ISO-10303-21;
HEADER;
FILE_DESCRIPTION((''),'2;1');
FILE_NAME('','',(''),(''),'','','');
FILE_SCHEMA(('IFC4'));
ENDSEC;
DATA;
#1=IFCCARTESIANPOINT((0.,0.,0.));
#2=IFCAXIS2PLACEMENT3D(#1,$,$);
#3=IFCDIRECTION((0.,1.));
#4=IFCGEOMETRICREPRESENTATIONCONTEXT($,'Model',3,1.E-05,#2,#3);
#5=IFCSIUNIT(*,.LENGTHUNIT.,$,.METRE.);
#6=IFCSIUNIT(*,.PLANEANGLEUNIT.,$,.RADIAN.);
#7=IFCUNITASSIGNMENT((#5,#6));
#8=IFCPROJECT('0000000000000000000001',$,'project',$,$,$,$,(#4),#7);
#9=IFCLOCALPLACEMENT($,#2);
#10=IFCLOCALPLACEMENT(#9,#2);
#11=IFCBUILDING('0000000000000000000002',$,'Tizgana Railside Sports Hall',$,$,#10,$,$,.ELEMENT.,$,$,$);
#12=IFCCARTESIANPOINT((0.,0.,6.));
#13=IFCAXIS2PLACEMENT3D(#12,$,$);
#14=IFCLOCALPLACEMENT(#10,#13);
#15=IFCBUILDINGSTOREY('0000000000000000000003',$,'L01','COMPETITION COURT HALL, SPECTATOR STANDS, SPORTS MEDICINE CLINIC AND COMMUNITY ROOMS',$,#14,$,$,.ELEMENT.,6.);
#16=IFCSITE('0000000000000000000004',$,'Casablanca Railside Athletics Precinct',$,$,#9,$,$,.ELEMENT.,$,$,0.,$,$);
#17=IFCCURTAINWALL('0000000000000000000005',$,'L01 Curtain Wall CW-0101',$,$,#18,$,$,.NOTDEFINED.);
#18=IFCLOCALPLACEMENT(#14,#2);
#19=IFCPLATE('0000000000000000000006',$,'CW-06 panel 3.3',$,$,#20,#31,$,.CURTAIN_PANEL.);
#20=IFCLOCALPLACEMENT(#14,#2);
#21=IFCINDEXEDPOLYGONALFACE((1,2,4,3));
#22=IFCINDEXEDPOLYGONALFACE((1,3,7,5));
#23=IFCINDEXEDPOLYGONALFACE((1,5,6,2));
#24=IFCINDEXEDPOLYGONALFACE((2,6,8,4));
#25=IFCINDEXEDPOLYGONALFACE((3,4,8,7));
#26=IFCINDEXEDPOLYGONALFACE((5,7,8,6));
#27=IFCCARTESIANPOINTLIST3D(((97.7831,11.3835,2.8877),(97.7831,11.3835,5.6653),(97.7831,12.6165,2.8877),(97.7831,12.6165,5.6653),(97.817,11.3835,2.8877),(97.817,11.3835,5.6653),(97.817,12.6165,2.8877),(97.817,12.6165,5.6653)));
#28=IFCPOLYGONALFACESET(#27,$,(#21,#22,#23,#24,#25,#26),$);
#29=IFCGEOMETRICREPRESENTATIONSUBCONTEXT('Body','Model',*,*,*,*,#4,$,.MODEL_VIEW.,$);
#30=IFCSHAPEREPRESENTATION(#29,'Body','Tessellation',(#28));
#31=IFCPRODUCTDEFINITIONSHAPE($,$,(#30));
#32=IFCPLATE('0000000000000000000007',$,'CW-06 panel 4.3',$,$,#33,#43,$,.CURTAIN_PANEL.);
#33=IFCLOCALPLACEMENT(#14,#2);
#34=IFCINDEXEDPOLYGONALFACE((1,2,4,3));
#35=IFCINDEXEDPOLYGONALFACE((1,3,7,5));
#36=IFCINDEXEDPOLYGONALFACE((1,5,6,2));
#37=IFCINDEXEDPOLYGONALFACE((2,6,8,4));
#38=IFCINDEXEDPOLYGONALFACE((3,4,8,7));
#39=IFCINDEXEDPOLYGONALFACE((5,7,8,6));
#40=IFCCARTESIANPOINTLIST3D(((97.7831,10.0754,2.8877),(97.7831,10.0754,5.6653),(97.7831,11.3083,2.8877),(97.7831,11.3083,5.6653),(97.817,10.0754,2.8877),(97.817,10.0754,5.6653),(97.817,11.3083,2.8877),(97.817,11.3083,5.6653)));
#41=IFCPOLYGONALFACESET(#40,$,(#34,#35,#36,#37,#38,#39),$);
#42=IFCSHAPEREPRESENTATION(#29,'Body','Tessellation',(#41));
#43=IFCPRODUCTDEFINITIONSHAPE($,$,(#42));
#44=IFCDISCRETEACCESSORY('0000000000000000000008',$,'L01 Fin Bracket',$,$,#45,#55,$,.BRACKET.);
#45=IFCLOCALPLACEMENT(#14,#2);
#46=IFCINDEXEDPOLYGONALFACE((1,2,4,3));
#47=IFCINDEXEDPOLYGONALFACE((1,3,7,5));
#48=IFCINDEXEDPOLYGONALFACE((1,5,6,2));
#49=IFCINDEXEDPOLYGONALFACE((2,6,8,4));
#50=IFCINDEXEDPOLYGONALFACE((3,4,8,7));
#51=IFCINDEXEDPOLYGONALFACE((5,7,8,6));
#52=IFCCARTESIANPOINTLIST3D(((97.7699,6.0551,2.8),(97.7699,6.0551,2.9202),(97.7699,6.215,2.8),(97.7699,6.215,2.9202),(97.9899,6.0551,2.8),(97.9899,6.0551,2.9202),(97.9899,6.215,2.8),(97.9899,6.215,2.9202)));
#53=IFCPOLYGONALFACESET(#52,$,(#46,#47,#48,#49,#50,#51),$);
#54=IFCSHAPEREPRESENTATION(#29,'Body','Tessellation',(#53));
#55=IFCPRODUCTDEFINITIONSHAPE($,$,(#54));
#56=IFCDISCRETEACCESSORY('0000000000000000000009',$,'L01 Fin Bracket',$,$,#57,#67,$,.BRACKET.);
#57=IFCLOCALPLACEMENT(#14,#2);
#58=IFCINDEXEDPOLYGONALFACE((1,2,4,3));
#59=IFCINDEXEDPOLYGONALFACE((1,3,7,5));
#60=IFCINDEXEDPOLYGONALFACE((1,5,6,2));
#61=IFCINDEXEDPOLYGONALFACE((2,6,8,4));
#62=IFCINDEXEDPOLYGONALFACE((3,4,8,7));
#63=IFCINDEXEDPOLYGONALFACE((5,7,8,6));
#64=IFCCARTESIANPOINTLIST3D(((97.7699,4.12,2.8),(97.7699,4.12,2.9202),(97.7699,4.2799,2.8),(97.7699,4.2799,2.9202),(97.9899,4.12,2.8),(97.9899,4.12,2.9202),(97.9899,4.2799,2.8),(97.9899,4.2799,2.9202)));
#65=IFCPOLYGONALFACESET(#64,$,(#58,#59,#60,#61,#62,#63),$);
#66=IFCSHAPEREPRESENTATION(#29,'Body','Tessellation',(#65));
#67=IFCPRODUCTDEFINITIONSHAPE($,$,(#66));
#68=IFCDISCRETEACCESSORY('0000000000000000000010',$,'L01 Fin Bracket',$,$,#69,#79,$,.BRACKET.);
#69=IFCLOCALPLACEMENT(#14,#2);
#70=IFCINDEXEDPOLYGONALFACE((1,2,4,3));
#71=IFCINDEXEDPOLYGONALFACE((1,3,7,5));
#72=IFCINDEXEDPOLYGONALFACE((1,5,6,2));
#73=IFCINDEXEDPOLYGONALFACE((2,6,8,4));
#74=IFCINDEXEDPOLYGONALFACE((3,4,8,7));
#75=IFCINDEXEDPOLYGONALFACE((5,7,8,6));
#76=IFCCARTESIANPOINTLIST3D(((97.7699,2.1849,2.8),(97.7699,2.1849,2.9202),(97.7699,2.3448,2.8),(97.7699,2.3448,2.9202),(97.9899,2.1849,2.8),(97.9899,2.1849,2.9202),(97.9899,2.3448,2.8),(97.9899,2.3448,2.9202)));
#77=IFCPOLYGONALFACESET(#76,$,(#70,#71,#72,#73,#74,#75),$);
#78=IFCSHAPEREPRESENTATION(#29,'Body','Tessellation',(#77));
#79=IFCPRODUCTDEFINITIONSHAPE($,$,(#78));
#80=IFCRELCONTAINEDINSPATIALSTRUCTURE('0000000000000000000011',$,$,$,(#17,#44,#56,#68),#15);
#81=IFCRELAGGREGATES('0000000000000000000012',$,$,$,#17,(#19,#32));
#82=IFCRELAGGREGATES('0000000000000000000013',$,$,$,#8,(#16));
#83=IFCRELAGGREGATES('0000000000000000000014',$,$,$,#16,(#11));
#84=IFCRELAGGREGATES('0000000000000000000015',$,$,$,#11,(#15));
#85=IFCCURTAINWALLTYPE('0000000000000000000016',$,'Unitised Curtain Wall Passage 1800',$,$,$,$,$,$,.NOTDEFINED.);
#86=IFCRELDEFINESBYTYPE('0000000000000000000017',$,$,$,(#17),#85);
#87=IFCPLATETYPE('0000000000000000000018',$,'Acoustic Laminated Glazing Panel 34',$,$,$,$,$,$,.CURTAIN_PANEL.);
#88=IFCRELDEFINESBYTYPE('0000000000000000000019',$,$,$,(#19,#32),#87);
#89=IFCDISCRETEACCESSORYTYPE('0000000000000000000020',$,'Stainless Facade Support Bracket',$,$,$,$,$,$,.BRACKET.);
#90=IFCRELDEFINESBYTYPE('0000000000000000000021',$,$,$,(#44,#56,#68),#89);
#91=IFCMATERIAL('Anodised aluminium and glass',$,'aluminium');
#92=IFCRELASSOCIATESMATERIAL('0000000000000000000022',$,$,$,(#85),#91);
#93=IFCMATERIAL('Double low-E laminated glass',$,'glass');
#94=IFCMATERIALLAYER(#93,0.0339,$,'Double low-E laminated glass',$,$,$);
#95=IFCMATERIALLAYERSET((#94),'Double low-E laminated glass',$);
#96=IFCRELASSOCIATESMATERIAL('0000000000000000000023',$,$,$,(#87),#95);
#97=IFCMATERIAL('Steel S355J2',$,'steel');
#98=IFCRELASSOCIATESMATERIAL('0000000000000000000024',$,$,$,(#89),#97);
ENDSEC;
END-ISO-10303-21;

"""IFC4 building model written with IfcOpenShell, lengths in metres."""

from ifc_helpers import new_model, si_unit, direction, frame, origin, origin_2d, place, context, subcontext, project, spatial, rectangle, extrude, material, layer, layer_set, type_object, element, aggregate, save


model = new_model("IFC4")

# Units and contexts
model_context = context("Model", 3, precision=1e-05, world=origin(), true_north=direction((0.0, 1.0)))
body_context = subcontext(model_context, "Body", "Model", "MODEL_VIEW")
ifc_project = project(units=[si_unit("LENGTHUNIT", "METRE"), si_unit("PLANEANGLEUNIT", "RADIAN")], contexts=[model_context])

# Site, building, storey
site_placement = place(None, origin())
site = spatial("IfcSite", under=ifc_project, at=site_placement, Name="Casablanca Railside Athletics Precinct", CompositionType="ELEMENT", RefElevation=0.0)
building_placement = place(site_placement, origin())
building = spatial("IfcBuilding", under=site, at=building_placement, Name="Tizgana Railside Sports Hall", CompositionType="ELEMENT")
storey_placement = place(building_placement, frame((0.0, 0.0, 6.0)))
storey = spatial("IfcBuildingStorey", under=building, at=storey_placement, Name="L01", Description="COMPETITION COURT HALL, SPECTATOR STANDS, SPORTS MEDICINE CLINIC AND COMMUNITY ROOMS", CompositionType="ELEMENT", Elevation=6.0)

# Curtain wall, plates
ifc_material_1 = material(Name="Anodised aluminium and glass", Category="aluminium")
curtain_wall_type = type_object("IfcCurtainWallType", Name="Unitised Curtain Wall Passage 1800", PredefinedType="NOTDEFINED", material=ifc_material_1)
curtain_wall_placement = place(storey_placement, origin())
curtain_wall = element("IfcCurtainWall", 1, at=curtain_wall_placement, inside=storey, type_object=curtain_wall_type, Name="L01 Curtain Wall CW-0101", PredefinedType="NOTDEFINED")
ifc_material_2 = material(Name="Double low-E laminated glass", Category="glass")
ifc_layer = layer(ifc_material_2, 0.0339, Name="Double low-E laminated glass")
ifc_layer_set = layer_set([ifc_layer], Name="Double low-E laminated glass")
plate_type = type_object("IfcPlateType", Name="Acoustic Laminated Glazing Panel 34", PredefinedType="CURTAIN_PANEL", material=ifc_layer_set)
plate_1_placement = place(storey_placement, frame((97.8, 12.0, 2.8877), z_axis=(0.0, 0.0, 1.0), x_axis=(0.0, -1.0, 0.0)))
plate_1 = element("IfcPlate", 2, at=plate_1_placement, type_object=plate_type, Name="CW-06 panel 3.3", PredefinedType="CURTAIN_PANEL", context=body_context, shape_type="SweptSolid", body=[
    extrude(rectangle(XDim=1.2329, YDim=0.0339, at=origin_2d()), origin(), (0.0, 0.0, 1.0), 2.7776),
])
plate_2_placement = place(storey_placement, frame((97.8, 10.6919, 2.8877), z_axis=(0.0, 0.0, 1.0), x_axis=(0.0, -1.0, 0.0)))
plate_2 = element("IfcPlate", 3, at=plate_2_placement, type_object=plate_type, Name="CW-06 panel 4.3", PredefinedType="CURTAIN_PANEL", context=body_context, shape_type="SweptSolid", body=[
    extrude(rectangle(XDim=1.2329, YDim=0.0339, at=origin_2d()), origin(), (0.0, 0.0, 1.0), 2.7776),
])
aggregate(curtain_wall, [plate_1, plate_2])

# Discrete accessories
ifc_material_3 = material(Name="Steel S355J2", Category="steel")
discrete_accessory_type = type_object("IfcDiscreteAccessoryType", Name="Stainless Facade Support Bracket", PredefinedType="BRACKET", material=ifc_material_3)
for number, where, z_axis, x_axis, name in (
    (4, (97.8799, 6.135, 2.8), (0.0, 0.0, 1.0), (0.0, -1.0, 0.0), "L01 Fin Bracket"),
    (5, (97.8799, 4.2, 2.8), (0.0, 0.0, 1.0), (0.0, -1.0, 0.0), "L01 Fin Bracket"),
    (6, (97.8799, 2.2649, 2.8), (0.0, 0.0, 1.0), (0.0, -1.0, 0.0), "L01 Fin Bracket"),
):
    element("IfcDiscreteAccessory", number, at=place(storey_placement, frame(where, z_axis=z_axis, x_axis=x_axis)), inside=storey, type_object=discrete_accessory_type, Name=name, PredefinedType="BRACKET", context=body_context, shape_type="SweptSolid", body=[
        extrude(rectangle(XDim=0.1599, YDim=0.22, at=origin_2d()), origin(), (0.0, 0.0, 1.0), 0.1201),
    ])

save(model, "model.ifc")
